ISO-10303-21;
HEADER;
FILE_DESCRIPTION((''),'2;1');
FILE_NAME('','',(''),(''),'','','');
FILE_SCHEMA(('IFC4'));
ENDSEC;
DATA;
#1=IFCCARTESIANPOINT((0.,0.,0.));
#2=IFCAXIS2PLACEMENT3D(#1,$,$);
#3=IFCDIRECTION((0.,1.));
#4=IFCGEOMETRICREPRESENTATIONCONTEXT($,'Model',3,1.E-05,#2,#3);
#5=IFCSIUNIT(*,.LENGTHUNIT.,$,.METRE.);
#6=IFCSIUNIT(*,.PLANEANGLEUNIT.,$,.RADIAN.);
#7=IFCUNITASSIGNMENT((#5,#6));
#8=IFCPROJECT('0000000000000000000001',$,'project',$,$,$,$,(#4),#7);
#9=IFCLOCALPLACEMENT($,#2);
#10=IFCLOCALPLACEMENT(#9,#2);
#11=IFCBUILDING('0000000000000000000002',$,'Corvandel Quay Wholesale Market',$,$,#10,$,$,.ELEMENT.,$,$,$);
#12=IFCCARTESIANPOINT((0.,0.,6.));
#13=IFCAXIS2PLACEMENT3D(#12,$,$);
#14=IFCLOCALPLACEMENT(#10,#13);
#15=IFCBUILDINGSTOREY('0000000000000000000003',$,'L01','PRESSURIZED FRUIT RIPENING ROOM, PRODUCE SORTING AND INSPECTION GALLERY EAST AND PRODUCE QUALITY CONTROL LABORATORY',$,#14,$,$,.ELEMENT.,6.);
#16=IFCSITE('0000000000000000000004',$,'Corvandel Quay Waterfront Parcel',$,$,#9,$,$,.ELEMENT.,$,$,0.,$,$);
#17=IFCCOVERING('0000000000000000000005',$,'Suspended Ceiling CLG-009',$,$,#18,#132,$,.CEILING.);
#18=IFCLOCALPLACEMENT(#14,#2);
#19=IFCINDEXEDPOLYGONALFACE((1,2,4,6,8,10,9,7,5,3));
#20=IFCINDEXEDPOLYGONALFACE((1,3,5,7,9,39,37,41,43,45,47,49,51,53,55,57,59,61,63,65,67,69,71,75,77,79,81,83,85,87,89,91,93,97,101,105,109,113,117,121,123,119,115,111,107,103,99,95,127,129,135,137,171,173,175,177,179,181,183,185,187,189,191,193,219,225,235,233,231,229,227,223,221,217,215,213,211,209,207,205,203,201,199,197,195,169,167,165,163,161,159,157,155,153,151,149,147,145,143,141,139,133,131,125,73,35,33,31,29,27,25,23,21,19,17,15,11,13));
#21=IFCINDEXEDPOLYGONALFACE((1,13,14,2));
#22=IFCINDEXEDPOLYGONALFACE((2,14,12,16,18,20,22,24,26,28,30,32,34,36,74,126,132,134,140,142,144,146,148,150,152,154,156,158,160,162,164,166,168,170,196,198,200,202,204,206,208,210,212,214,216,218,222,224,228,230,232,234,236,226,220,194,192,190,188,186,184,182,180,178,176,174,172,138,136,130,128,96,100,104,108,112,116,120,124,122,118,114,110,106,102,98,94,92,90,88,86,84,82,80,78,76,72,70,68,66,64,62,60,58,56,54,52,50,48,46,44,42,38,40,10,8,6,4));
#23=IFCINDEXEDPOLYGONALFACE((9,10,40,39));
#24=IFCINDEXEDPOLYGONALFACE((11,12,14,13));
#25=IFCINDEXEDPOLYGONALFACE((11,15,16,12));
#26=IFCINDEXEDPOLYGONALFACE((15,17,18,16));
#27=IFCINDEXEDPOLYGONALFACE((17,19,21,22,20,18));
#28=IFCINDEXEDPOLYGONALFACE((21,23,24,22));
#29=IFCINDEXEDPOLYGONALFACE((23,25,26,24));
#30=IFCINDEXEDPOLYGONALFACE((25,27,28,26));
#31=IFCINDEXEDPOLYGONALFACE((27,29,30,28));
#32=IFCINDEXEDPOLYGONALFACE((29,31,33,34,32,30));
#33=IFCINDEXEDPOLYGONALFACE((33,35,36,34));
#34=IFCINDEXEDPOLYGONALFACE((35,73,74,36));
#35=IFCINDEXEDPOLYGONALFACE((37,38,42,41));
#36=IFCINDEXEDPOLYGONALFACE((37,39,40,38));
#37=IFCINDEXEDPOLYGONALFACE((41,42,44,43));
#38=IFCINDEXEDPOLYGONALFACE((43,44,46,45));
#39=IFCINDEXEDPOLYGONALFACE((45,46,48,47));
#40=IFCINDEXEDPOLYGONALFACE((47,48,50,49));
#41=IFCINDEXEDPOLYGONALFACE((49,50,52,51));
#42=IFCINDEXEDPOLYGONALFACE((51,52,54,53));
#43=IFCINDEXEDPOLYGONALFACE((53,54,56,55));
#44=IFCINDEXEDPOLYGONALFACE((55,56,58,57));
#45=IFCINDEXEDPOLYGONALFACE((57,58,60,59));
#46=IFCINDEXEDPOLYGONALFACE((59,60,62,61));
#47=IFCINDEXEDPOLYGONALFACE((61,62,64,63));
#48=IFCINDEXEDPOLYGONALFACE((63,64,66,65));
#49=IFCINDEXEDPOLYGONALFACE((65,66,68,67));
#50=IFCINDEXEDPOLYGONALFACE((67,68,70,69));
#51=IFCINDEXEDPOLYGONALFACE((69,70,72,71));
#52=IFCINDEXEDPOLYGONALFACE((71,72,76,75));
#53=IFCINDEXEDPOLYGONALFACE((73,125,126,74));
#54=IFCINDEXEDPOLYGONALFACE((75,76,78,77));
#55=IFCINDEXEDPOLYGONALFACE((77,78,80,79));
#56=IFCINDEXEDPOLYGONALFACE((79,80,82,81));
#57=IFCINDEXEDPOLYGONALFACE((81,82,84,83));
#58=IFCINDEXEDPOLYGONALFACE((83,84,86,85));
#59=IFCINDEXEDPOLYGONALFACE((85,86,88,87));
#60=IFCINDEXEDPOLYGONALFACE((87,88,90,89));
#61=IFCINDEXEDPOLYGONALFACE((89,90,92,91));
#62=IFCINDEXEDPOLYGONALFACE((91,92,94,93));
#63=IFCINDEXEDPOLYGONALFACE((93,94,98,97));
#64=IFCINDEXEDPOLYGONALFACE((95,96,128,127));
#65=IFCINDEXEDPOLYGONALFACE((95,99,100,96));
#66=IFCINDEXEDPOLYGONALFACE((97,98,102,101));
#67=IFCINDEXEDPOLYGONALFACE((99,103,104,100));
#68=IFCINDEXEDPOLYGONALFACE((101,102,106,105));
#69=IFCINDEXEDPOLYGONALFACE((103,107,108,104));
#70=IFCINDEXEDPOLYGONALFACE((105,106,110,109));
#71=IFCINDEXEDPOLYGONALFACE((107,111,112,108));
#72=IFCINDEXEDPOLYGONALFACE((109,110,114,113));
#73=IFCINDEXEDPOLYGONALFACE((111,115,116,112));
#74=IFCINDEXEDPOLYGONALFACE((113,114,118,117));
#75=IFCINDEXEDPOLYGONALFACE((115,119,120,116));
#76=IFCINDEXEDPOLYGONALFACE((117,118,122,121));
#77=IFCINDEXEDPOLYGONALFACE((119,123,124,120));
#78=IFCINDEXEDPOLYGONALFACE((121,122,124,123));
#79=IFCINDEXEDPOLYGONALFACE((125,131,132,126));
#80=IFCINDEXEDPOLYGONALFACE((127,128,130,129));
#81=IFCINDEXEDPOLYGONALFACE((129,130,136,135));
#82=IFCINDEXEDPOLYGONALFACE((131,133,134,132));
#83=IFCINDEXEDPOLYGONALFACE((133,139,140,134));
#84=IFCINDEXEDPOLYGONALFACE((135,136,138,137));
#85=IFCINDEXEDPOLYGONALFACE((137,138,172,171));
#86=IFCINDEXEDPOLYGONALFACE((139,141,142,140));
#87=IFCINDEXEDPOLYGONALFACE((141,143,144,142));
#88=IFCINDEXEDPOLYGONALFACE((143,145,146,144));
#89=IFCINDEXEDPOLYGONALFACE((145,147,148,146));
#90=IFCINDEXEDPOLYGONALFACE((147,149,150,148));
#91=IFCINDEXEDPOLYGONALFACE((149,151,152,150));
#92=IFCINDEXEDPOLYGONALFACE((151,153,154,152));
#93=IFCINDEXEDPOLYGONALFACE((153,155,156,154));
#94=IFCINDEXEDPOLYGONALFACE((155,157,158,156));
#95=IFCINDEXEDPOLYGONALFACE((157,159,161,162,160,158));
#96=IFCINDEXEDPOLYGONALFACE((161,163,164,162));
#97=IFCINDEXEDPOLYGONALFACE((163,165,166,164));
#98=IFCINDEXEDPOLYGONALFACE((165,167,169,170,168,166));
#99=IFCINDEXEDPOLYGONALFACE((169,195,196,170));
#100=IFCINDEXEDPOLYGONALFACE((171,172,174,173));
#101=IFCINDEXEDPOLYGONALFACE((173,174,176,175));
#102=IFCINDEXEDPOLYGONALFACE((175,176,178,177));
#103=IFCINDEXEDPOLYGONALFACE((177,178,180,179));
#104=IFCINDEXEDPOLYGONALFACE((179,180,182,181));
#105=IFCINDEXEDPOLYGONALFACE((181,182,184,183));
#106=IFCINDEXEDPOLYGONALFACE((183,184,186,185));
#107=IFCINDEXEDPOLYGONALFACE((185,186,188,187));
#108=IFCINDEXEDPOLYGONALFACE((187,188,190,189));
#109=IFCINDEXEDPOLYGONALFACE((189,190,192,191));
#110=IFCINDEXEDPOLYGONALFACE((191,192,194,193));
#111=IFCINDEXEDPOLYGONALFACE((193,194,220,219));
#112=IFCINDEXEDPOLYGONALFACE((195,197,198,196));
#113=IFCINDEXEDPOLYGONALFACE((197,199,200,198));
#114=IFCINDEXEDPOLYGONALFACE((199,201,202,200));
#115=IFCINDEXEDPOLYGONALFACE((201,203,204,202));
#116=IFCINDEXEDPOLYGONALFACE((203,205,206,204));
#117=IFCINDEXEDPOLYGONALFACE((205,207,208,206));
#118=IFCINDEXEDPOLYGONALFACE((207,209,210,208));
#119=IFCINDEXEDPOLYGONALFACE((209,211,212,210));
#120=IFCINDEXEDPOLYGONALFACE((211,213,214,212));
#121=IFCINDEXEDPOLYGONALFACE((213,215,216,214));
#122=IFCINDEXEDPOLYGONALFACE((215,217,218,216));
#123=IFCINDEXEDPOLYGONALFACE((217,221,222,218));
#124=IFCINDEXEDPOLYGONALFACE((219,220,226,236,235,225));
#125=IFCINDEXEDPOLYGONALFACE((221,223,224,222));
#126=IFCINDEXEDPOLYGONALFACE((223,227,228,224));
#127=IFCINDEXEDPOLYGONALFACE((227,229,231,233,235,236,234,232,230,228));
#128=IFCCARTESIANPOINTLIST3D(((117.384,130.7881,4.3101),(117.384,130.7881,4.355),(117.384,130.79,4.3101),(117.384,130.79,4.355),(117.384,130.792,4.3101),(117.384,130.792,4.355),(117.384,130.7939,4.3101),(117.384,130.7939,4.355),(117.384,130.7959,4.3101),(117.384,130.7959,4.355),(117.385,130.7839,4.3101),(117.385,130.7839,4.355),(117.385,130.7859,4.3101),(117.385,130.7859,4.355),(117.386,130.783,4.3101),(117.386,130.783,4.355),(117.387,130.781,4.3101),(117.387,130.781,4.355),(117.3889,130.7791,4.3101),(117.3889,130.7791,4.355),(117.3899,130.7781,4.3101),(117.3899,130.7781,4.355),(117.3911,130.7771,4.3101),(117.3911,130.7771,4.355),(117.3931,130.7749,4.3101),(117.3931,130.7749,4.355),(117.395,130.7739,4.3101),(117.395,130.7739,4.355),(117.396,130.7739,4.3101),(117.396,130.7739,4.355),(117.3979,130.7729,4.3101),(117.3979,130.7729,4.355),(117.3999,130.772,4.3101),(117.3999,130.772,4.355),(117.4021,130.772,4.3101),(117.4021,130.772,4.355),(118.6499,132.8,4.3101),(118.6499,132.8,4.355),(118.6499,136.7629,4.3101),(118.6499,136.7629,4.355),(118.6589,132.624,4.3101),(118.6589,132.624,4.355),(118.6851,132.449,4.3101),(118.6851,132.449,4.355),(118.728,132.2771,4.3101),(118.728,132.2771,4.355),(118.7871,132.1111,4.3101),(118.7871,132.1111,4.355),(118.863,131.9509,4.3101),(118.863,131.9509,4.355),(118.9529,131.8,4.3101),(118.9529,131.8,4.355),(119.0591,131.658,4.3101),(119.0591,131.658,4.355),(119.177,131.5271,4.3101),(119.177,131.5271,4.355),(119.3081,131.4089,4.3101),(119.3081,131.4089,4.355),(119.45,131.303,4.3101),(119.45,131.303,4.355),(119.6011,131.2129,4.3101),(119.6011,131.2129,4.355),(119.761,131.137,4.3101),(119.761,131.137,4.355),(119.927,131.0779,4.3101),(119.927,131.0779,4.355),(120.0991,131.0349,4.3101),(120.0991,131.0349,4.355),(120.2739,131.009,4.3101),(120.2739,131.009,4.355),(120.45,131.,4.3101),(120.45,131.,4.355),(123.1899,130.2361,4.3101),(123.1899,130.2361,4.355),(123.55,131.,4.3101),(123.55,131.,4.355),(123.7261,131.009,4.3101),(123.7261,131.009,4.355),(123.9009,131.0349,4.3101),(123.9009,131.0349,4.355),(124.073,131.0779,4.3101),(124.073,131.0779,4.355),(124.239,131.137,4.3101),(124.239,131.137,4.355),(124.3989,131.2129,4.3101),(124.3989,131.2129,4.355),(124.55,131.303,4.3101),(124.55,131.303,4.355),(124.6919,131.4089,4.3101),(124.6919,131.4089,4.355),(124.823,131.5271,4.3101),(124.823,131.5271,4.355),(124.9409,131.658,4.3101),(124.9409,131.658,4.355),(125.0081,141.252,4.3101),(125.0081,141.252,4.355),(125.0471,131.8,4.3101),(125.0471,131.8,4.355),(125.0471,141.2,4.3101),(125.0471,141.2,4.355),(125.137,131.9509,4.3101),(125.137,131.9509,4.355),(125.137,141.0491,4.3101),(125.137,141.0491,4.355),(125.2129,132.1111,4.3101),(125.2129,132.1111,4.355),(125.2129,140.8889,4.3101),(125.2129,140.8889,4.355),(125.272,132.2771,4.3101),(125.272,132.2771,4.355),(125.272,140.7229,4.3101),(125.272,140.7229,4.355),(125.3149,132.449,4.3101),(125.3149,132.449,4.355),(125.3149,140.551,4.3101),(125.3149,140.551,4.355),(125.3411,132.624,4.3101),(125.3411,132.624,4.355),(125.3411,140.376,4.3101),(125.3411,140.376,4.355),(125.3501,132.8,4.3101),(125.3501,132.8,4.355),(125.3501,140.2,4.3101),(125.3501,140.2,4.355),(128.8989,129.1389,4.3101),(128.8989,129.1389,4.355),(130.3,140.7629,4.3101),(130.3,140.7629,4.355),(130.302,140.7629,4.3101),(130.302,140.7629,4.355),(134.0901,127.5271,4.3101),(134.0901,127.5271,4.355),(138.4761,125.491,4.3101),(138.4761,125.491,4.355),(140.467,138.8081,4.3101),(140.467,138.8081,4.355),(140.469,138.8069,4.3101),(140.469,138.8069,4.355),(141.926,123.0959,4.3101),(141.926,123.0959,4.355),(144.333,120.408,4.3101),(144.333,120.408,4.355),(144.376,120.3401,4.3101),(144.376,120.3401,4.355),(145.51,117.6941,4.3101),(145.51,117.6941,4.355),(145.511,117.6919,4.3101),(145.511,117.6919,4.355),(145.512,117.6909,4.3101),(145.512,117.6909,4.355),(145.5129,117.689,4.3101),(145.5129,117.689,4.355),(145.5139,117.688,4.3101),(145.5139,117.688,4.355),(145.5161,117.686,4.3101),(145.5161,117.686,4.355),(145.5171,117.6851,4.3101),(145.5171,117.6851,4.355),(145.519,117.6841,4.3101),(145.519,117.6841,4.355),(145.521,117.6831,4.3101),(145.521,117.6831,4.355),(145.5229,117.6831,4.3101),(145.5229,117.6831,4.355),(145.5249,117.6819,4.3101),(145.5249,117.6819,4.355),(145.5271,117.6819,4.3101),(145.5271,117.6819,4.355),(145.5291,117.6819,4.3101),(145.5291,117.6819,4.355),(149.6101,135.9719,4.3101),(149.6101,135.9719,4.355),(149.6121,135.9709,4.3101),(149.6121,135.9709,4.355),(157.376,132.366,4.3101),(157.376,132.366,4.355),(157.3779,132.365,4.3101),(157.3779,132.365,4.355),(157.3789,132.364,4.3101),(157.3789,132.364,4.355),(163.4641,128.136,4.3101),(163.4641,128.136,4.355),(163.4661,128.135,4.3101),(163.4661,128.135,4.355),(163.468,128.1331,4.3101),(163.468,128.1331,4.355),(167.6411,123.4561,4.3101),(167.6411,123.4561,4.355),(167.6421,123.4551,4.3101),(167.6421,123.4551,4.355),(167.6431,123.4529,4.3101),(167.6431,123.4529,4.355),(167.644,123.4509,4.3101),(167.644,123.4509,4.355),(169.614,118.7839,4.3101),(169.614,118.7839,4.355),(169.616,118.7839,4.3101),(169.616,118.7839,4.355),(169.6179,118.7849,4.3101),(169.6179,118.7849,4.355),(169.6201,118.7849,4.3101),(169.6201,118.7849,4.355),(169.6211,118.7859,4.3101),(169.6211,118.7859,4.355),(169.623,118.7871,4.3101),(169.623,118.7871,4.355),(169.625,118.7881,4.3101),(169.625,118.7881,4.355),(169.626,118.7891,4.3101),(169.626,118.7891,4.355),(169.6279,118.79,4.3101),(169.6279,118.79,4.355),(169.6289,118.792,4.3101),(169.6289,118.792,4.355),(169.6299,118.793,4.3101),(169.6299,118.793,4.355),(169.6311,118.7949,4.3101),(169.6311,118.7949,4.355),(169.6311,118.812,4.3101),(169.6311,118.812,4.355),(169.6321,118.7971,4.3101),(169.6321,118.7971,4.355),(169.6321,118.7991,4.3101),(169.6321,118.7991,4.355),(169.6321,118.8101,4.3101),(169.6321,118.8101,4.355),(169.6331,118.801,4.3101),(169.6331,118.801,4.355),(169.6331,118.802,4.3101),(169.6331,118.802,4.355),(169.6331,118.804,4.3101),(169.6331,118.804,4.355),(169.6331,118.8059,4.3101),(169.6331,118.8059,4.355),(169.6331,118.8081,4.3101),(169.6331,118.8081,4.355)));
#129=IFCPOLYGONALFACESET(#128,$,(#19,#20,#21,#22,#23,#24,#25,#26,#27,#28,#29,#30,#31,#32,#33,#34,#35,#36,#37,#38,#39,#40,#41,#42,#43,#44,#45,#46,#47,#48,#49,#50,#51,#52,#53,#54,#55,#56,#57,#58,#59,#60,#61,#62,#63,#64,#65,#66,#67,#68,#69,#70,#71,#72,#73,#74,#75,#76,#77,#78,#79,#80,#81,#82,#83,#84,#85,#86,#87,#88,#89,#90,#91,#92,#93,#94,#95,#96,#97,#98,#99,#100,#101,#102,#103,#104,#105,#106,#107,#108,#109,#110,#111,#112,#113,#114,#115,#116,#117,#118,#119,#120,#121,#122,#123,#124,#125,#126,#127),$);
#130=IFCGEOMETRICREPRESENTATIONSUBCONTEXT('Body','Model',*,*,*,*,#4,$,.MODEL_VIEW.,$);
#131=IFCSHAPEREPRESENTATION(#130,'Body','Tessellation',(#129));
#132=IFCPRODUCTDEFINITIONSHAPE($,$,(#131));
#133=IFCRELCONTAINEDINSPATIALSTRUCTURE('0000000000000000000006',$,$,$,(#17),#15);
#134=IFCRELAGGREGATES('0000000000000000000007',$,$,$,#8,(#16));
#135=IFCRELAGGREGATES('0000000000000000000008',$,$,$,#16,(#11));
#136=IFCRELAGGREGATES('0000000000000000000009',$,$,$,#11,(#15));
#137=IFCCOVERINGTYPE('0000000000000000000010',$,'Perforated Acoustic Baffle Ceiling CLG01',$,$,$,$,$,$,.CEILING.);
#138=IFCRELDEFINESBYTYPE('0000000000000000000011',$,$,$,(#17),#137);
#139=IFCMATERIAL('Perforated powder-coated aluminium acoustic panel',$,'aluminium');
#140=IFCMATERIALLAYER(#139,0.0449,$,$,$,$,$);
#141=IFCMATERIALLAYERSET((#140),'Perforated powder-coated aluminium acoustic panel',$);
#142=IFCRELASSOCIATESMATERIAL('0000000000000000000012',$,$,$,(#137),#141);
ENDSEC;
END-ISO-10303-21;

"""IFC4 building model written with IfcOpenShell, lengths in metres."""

from ifc_helpers import new_model, si_unit, direction, frame, origin, place, context, subcontext, project, spatial, polyline, outline, extrude, material, layer, layer_set, type_object, element, save


model = new_model("IFC4")

# Units and contexts
model_context = context("Model", 3, precision=1e-05, world=origin(), true_north=direction((0.0, 1.0)))
body_context = subcontext(model_context, "Body", "Model", "MODEL_VIEW")
ifc_project = project(units=[si_unit("LENGTHUNIT", "METRE"), si_unit("PLANEANGLEUNIT", "RADIAN")], contexts=[model_context])

# Site, building, storey
site_placement = place(None, origin())
site = spatial("IfcSite", under=ifc_project, at=site_placement, Name="Corvandel Quay Waterfront Parcel", CompositionType="ELEMENT", RefElevation=0.0)
building_placement = place(site_placement, origin())
building = spatial("IfcBuilding", under=site, at=building_placement, Name="Corvandel Quay Wholesale Market", CompositionType="ELEMENT")
storey_placement = place(building_placement, frame((0.0, 0.0, 6.0)))
storey = spatial("IfcBuildingStorey", under=building, at=storey_placement, Name="L01", Description="PRESSURIZED FRUIT RIPENING ROOM, PRODUCE SORTING AND INSPECTION GALLERY EAST AND PRODUCE QUALITY CONTROL LABORATORY", CompositionType="ELEMENT", Elevation=6.0)

# Covering
ifc_material_1 = material(Name="Perforated powder-coated aluminium acoustic panel", Category="aluminium")
ifc_layer_1 = layer(ifc_material_1, 0.0449)
ifc_layer_set_1 = layer_set([ifc_layer_1], Name="Perforated powder-coated aluminium acoustic panel")
covering_type_1 = type_object("IfcCoveringType", Name="Perforated Acoustic Baffle Ceiling CLG01", PredefinedType="CEILING", material=ifc_layer_set_1)
covering_1_placement = place(storey_placement, frame((0.0, 0.0, 4.3101)))
element("IfcCovering", 1, at=covering_1_placement, inside=storey, type_object=covering_type_1, Name="Suspended Ceiling CLG-009", PredefinedType="CEILING", context=body_context, shape_type="SweptSolid", body=[
    extrude(outline(polyline([(144.333, 120.408), (141.926, 123.0959), (138.4761, 125.491), (134.0901, 127.5271), (128.8989, 129.1389), (123.1899, 130.2361), (117.4021, 130.772), (117.3999, 130.772), (117.3979, 130.7729), (117.396, 130.7739), (117.395, 130.7739), (117.3931, 130.7749), (117.3911, 130.7771), (117.3899, 130.7781), (117.3889, 130.7791), (117.387, 130.781), (117.386, 130.783), (117.385, 130.7839), (117.385, 130.7859), (117.384, 130.7881), (117.384, 130.79), (117.384, 130.792), (117.384, 130.7939), (117.384, 130.7959), (118.6499, 136.7629), (118.6499, 132.8), (118.6589, 132.624), (118.6851, 132.449), (118.728, 132.2771), (118.7871, 132.1111), (118.863, 131.9509), (118.9529, 131.8), (119.0591, 131.658), (119.177, 131.5271), (119.3081, 131.4089), (119.45, 131.303), (119.6011, 131.2129), (119.761, 131.137), (119.927, 131.0779), (120.0991, 131.0349), (120.2739, 131.009), (120.45, 131.0), (123.55, 131.0), (123.7261, 131.009), (123.9009, 131.0349), (124.073, 131.0779), (124.239, 131.137), (124.3989, 131.2129), (124.55, 131.303), (124.6919, 131.4089), (124.823, 131.5271), (124.9409, 131.658), (125.0471, 131.8), (125.137, 131.9509), (125.2129, 132.1111), (125.272, 132.2771), (125.3149, 132.449), (125.3411, 132.624), (125.3501, 132.8), (125.3501, 140.2), (125.3411, 140.376), (125.3149, 140.551), (125.272, 140.7229), (125.2129, 140.8889), (125.137, 141.0491), (125.0471, 141.2), (125.0081, 141.252), (130.3, 140.7629), (130.302, 140.7629), (140.467, 138.8081), (140.469, 138.8069), (149.6101, 135.9719), (149.6121, 135.9709), (157.376, 132.366), (157.3779, 132.365), (157.3789, 132.364), (163.4641, 128.136), (163.4661, 128.135), (163.468, 128.1331), (167.6411, 123.4561), (167.6421, 123.4551), (167.6431, 123.4529), (167.644, 123.4509), (169.6311, 118.812), (169.6321, 118.8101), (169.6331, 118.8081), (169.6331, 118.8059), (169.6331, 118.804), (169.6331, 118.802), (169.6331, 118.801), (169.6321, 118.7991), (169.6321, 118.7971), (169.6311, 118.7949), (169.6299, 118.793), (169.6289, 118.792), (169.6279, 118.79), (169.626, 118.7891), (169.625, 118.7881), (169.623, 118.7871), (169.6211, 118.7859), (169.6201, 118.7849), (169.6179, 118.7849), (169.616, 118.7839), (169.614, 118.7839), (145.5291, 117.6819), (145.5271, 117.6819), (145.5249, 117.6819), (145.5229, 117.6831), (145.521, 117.6831), (145.519, 117.6841), (145.5171, 117.6851), (145.5161, 117.686), (145.5139, 117.688), (145.5129, 117.689), (145.512, 117.6909), (145.511, 117.6919), (145.51, 117.6941), (144.376, 120.3401), (144.333, 120.408)])), origin(), (0.0, 0.0, 1.0), 0.0449),
])

save(model, "model.ifc")
